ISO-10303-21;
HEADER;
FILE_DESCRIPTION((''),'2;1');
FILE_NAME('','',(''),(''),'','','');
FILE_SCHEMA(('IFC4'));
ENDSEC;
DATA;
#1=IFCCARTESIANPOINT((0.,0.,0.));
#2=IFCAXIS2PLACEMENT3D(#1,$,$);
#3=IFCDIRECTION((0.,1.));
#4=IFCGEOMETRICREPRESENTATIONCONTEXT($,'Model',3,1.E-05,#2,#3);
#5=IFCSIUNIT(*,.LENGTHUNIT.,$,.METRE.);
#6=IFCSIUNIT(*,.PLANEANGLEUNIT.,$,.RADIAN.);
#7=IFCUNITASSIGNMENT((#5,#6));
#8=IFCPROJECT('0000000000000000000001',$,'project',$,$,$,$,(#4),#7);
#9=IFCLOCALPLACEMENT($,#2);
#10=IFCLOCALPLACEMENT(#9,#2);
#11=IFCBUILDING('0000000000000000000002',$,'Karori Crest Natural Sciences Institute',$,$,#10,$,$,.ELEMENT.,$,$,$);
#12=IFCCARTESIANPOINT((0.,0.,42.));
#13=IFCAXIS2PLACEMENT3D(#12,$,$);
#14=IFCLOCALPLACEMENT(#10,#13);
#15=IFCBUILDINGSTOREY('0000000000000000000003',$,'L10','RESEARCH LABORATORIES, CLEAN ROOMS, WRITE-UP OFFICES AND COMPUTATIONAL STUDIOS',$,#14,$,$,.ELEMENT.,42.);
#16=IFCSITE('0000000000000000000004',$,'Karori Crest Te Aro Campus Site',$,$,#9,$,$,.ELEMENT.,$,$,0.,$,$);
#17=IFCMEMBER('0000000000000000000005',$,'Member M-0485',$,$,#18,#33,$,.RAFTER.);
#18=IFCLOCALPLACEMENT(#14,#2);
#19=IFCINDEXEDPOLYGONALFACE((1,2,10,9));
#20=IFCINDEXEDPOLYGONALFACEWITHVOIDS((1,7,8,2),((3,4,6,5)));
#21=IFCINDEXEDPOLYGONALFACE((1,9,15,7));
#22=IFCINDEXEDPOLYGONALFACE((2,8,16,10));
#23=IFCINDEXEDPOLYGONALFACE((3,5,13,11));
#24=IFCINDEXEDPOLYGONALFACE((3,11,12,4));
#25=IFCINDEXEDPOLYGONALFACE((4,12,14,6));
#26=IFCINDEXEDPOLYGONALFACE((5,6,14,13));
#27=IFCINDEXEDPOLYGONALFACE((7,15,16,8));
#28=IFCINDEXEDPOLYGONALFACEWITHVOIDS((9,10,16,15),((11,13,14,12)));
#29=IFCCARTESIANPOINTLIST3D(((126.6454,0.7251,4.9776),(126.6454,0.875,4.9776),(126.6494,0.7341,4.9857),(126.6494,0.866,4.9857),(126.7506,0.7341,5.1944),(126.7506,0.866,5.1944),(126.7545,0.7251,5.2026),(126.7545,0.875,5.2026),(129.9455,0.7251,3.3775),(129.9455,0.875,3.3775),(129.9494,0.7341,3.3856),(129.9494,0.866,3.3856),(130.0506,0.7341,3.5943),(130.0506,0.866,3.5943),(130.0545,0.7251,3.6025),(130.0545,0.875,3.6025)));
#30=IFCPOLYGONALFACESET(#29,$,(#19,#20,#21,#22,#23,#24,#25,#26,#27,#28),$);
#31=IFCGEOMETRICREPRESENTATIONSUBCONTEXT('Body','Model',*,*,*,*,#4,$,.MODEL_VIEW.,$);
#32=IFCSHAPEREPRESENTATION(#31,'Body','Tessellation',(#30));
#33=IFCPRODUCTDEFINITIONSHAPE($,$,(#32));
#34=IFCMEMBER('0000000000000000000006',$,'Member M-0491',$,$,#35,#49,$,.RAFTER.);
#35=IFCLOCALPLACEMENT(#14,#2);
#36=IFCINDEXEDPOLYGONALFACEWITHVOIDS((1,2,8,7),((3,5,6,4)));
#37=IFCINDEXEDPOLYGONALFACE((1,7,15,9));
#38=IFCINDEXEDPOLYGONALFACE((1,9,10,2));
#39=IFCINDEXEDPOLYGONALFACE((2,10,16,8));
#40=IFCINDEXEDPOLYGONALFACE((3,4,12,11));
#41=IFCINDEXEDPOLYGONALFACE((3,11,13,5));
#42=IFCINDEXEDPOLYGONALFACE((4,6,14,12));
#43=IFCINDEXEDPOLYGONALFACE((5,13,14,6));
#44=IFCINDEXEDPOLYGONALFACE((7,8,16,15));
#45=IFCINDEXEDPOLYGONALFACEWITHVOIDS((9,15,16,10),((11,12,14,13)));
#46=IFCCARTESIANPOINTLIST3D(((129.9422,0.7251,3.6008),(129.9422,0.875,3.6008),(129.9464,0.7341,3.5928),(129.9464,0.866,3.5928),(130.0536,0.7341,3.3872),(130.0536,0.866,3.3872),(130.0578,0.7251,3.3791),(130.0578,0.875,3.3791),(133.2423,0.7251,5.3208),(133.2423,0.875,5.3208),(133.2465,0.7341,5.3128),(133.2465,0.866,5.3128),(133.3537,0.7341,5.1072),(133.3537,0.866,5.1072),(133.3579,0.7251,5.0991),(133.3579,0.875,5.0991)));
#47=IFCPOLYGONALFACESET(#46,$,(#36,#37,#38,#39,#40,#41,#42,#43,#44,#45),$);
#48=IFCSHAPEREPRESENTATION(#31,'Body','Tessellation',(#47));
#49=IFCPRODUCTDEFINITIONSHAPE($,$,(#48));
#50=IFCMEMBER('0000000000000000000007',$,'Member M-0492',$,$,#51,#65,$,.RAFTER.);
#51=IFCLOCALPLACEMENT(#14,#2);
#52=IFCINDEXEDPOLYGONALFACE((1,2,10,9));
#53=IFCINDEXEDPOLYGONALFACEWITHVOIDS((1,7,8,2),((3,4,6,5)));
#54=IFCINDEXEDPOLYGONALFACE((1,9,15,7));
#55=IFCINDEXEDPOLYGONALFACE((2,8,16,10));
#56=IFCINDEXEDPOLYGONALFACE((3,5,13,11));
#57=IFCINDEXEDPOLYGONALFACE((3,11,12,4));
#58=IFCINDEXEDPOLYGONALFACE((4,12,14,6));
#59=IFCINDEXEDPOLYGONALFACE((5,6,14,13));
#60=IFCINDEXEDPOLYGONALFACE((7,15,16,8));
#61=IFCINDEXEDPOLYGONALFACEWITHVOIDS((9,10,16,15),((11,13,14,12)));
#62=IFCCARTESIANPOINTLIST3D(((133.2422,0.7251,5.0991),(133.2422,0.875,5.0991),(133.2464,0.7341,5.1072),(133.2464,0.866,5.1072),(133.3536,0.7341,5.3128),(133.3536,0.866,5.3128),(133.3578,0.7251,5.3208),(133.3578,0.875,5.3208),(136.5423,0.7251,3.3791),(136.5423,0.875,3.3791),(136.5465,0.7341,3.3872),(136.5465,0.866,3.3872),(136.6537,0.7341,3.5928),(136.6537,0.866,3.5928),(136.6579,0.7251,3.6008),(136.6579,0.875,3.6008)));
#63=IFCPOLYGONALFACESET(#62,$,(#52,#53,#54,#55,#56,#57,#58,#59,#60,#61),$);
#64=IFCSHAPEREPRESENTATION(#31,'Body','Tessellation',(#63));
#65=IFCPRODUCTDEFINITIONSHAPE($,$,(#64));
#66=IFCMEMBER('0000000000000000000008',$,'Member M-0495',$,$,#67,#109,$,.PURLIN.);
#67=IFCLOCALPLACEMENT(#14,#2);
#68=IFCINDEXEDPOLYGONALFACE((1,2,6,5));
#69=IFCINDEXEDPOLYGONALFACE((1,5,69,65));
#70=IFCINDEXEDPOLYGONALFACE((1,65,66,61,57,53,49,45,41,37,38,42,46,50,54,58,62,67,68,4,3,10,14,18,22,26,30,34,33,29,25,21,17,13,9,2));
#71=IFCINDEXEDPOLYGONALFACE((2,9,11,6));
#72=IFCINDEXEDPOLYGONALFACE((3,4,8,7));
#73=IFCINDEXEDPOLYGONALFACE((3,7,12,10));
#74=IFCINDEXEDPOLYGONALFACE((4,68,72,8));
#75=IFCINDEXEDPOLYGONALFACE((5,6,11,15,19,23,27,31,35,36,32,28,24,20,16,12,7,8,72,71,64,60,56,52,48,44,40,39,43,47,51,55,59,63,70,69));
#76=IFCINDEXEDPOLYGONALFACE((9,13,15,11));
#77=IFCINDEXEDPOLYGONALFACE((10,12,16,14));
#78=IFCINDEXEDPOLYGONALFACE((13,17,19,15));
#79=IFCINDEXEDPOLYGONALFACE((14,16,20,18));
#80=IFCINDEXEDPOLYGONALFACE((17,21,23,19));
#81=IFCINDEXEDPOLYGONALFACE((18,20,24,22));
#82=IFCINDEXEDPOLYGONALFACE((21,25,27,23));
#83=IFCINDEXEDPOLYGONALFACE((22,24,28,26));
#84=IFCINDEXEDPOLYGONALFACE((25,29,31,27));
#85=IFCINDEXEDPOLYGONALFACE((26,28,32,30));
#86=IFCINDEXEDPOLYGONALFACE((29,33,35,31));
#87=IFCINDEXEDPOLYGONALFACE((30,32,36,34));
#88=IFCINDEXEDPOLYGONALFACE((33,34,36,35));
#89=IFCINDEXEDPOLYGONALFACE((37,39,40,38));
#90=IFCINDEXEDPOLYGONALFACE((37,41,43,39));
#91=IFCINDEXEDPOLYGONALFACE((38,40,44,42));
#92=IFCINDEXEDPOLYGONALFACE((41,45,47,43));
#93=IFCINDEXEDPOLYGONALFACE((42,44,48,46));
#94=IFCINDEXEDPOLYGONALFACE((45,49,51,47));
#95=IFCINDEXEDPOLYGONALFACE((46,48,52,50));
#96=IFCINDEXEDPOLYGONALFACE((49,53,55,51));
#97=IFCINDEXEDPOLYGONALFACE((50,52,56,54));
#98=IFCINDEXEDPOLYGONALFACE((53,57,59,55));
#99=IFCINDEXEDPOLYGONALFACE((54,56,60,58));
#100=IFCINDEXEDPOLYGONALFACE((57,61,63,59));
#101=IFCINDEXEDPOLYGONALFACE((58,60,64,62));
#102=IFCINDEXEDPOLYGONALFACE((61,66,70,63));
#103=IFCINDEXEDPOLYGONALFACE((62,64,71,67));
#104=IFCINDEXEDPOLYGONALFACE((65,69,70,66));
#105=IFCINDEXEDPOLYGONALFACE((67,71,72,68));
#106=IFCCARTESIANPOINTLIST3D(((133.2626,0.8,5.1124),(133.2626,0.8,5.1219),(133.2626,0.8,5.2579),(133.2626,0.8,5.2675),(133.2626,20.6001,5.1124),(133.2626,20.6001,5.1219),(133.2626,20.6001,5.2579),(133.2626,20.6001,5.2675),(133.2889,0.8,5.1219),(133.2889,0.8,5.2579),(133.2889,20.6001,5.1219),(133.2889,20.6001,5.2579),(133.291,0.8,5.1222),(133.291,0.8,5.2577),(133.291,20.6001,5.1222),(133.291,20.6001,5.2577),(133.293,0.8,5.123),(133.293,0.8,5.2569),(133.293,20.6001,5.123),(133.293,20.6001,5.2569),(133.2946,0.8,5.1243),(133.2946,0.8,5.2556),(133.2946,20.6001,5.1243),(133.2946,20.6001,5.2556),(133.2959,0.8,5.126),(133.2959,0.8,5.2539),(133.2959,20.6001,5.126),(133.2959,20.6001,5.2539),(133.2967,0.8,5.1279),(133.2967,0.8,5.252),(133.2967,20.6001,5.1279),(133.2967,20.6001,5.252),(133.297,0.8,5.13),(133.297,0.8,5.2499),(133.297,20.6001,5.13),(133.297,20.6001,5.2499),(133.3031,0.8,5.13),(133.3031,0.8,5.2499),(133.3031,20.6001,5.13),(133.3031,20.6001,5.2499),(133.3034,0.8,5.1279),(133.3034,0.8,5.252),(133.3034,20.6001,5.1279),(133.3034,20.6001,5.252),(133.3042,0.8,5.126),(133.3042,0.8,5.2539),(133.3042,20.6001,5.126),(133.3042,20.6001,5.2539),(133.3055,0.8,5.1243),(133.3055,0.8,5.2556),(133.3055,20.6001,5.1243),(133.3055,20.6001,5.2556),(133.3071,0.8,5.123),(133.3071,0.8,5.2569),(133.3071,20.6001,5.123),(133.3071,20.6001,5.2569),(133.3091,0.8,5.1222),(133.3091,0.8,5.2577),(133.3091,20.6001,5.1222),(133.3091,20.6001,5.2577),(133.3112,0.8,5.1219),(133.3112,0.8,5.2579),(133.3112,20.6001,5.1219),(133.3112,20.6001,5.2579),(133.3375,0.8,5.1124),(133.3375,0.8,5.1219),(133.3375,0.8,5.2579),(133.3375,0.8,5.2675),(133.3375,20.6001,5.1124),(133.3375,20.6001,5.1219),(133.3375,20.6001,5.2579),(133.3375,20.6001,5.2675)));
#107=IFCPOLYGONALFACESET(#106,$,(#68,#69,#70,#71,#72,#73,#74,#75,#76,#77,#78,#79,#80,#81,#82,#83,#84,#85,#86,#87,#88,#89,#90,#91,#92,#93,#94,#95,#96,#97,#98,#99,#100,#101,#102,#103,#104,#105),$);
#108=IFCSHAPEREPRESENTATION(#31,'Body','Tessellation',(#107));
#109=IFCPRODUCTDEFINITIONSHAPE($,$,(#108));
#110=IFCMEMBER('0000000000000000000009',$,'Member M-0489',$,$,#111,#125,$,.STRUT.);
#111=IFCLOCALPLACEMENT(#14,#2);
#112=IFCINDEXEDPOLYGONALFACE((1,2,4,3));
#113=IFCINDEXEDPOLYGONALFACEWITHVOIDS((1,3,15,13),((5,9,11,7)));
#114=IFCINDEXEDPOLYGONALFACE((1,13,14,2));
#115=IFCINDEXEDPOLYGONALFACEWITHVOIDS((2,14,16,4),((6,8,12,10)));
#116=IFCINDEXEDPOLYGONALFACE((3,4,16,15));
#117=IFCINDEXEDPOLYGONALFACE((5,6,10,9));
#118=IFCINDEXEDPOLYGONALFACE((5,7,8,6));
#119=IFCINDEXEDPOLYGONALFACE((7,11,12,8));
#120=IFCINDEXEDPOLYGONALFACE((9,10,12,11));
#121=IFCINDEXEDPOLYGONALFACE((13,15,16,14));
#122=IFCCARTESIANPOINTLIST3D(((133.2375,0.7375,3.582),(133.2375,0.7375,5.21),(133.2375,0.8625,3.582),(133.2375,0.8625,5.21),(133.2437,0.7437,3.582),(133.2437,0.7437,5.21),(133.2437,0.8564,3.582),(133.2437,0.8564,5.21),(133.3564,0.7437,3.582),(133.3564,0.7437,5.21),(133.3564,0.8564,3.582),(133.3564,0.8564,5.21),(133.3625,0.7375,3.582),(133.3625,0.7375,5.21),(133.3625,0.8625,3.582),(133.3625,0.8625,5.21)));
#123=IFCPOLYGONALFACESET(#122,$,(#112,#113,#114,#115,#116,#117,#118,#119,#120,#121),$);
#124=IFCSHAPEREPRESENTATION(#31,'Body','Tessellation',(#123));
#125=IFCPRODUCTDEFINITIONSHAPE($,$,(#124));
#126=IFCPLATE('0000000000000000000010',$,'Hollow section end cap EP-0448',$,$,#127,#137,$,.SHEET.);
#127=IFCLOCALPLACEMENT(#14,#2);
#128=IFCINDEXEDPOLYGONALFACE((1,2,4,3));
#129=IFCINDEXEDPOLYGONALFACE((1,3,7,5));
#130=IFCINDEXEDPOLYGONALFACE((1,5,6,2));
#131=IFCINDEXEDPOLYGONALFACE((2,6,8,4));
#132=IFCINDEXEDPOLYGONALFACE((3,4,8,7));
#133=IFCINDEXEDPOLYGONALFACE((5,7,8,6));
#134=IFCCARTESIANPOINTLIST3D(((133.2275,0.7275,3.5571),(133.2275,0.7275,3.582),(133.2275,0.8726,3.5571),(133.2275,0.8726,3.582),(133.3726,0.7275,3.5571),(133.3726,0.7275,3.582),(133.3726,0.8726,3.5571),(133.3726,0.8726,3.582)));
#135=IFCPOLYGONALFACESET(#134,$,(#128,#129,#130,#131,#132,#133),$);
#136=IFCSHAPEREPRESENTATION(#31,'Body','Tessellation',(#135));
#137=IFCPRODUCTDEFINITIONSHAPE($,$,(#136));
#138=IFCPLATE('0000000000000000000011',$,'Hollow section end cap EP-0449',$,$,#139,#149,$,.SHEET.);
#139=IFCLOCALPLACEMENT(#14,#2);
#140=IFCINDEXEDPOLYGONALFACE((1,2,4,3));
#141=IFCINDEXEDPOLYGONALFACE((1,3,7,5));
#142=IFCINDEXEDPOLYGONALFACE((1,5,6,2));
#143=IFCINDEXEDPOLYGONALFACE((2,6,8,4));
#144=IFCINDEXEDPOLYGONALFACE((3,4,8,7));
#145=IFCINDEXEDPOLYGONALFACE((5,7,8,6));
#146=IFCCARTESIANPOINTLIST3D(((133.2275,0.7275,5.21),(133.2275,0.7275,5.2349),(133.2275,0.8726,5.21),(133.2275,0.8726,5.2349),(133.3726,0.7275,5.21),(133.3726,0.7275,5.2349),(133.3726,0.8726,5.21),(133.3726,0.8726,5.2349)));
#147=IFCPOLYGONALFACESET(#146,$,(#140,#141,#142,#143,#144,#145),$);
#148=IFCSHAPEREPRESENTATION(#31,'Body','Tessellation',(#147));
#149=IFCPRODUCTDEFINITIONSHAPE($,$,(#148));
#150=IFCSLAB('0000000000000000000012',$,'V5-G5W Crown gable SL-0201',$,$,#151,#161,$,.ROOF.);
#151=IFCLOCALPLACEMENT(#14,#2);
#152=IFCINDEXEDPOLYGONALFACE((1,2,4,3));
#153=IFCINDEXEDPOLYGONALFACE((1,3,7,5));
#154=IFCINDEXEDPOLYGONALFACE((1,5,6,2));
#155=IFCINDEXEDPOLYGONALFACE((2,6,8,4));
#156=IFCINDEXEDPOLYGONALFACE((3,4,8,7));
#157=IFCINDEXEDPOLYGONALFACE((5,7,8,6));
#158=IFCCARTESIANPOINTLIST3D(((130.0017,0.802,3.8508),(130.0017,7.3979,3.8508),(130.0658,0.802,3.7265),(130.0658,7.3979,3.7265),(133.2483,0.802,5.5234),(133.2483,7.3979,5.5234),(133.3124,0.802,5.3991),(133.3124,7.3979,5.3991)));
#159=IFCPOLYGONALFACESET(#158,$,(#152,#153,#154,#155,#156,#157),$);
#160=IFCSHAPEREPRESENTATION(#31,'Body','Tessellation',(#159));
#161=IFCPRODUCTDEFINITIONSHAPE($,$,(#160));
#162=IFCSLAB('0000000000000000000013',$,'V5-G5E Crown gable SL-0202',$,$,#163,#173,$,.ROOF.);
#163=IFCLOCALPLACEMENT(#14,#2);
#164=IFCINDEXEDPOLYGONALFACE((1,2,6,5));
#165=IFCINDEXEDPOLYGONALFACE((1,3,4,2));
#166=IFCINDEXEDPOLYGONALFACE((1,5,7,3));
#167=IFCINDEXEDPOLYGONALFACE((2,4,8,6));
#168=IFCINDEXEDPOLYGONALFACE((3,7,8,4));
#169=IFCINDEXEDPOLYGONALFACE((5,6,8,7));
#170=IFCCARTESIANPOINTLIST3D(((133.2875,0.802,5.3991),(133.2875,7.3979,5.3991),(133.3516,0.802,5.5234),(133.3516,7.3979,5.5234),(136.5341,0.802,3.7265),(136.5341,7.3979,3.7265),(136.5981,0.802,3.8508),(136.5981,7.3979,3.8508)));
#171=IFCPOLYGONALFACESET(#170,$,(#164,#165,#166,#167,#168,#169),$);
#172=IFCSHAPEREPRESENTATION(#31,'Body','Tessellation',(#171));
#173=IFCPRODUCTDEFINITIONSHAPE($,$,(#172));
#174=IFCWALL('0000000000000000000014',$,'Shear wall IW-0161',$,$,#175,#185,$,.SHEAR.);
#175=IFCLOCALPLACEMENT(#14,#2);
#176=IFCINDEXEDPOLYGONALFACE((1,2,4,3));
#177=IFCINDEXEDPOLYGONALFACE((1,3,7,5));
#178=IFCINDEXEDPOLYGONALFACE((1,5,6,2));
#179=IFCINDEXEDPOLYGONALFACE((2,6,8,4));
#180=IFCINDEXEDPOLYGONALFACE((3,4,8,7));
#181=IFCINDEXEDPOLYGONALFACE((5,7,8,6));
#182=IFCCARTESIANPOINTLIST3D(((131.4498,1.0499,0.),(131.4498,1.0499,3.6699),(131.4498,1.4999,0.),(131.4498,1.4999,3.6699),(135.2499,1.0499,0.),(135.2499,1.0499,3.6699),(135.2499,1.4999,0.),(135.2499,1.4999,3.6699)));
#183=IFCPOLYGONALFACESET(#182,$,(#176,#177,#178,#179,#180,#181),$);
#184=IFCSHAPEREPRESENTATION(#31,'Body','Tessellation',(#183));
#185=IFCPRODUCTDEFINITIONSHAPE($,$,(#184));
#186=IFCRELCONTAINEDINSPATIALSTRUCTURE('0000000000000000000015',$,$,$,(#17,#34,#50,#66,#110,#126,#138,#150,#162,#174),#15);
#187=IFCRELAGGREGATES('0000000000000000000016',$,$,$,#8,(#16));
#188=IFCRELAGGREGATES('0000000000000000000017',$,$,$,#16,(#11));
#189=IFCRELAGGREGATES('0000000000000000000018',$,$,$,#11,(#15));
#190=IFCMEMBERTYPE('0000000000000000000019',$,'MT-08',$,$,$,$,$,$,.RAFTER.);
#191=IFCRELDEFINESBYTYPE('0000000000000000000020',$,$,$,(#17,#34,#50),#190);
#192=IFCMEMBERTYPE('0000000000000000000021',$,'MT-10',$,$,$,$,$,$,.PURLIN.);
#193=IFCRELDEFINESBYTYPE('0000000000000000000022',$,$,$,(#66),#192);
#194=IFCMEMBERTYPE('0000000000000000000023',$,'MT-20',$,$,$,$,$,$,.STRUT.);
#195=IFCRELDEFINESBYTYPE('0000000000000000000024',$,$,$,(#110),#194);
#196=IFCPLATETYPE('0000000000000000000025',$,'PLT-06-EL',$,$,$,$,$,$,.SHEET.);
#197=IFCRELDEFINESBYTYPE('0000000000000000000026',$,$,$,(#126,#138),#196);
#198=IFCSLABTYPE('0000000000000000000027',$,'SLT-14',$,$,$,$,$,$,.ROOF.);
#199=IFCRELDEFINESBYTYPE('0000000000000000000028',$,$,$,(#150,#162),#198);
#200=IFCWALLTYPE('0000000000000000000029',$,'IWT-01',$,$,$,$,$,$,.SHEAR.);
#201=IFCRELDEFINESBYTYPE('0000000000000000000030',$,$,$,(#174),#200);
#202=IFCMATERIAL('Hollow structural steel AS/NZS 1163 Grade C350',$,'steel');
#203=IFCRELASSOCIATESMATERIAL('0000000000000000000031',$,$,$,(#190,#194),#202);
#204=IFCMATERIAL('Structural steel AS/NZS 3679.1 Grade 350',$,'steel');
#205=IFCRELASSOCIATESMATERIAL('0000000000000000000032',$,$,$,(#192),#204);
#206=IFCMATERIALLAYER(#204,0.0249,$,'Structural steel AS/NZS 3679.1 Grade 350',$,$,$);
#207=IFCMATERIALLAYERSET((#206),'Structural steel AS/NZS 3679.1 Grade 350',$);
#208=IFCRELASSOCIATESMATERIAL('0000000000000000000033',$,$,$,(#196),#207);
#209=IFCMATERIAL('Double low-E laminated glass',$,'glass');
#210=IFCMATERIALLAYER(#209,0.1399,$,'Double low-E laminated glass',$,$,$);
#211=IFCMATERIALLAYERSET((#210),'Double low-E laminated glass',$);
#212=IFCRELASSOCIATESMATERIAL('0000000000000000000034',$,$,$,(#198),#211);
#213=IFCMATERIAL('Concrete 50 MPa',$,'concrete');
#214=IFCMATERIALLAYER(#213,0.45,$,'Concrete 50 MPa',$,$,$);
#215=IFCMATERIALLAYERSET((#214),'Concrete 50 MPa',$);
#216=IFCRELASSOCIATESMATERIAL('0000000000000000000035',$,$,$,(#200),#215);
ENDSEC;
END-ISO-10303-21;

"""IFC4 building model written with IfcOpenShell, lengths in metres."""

from ifc_helpers import new_model, si_unit, direction, frame, frame_2d, origin, origin_2d, place, context, subcontext, project, spatial, polyline, rectangle, hollow_rectangle, i_section, outline, extrude, material, layer, layer_set, material_profile, profile_set, type_object, element, save


model = new_model("IFC4")

# Units and contexts
model_context = context("Model", 3, precision=1e-05, world=origin(), true_north=direction((0.0, 1.0)))
body_context = subcontext(model_context, "Body", "Model", "MODEL_VIEW")
ifc_project = project(units=[si_unit("LENGTHUNIT", "METRE"), si_unit("PLANEANGLEUNIT", "RADIAN")], contexts=[model_context])

# Site, building, storey
site_placement = place(None, origin())
site = spatial("IfcSite", under=ifc_project, at=site_placement, Name="Karori Crest Te Aro Campus Site", CompositionType="ELEMENT", RefElevation=0.0)
building_placement = place(site_placement, origin())
building = spatial("IfcBuilding", under=site, at=building_placement, Name="Karori Crest Natural Sciences Institute", CompositionType="ELEMENT")
storey_placement = place(building_placement, frame((0.0, 0.0, 42.0)))
storey = spatial("IfcBuildingStorey", under=building, at=storey_placement, Name="L10", Description="RESEARCH LABORATORIES, CLEAN ROOMS, WRITE-UP OFFICES AND COMPUTATIONAL STUDIOS", CompositionType="ELEMENT", Elevation=42.0)

# Shared definitions
ifc_material_1 = material(Name="Concrete 50 MPa", Category="concrete")

# Shared definitions
ifc_material_2 = material(Name="Structural steel AS/NZS 3679.1 Grade 350", Category="steel")
ifc_material_3 = material(Name="Hollow structural steel AS/NZS 1163 Grade C350", Category="steel")

# Members
ifc_material_profile_1 = material_profile(ifc_material_3, hollow_rectangle(XDim=0.1499, YDim=0.25, WallThickness=0.009, at=origin_2d()), Name="RHS250x150x9")
ifc_profile_set_1 = profile_set([ifc_material_profile_1], Name="Hollow structural steel AS/NZS 1163 Grade C350")
member_type_1 = type_object("IfcMemberType", Name="MT-08", PredefinedType="RAFTER", material=ifc_profile_set_1)
member_1_placement = place(storey_placement, frame((130.0, 0.8, 3.49), z_axis=(-0.899806, 0.0, 0.43629), x_axis=(0.0, -1.0, 0.0)))
element("IfcMember", 1, at=member_1_placement, inside=storey, type_object=member_type_1, Name="Member M-0485", PredefinedType="RAFTER", context=body_context, shape_type="SweptSolid", body=[
    extrude(hollow_rectangle(XDim=0.1499, YDim=0.25, WallThickness=0.009, at=origin_2d()), origin(), (0.0, 0.0, 1.0), 3.6675),
])
for number, where, z_axis, x_axis, name in (
    (2, (130.0, 0.8, 3.49), (0.886782, 0.0, 0.462187), (0.0, 1.0, 0.0), "Member M-0491"),
    (3, (136.6001, 0.8, 3.49), (-0.886782, 0.0, 0.462187), (0.0, -1.0, 0.0), "Member M-0492"),
):
    element("IfcMember", number, at=place(storey_placement, frame(where, z_axis=z_axis, x_axis=x_axis)), inside=storey, type_object=member_type_1, Name=name, PredefinedType="RAFTER", context=body_context, shape_type="SweptSolid", body=[
        extrude(hollow_rectangle(XDim=0.1499, YDim=0.25, WallThickness=0.009, at=origin_2d()), origin(), (0.0, 0.0, 1.0), 3.7214),
    ])
ifc_material_profile_2 = material_profile(ifc_material_2, i_section(OverallWidth=0.075, OverallDepth=0.155, WebThickness=0.0061, FlangeThickness=0.0095, FilletRadius=0.0081, at=origin_2d()), Name="150UB18.0")
ifc_profile_set_2 = profile_set([ifc_material_profile_2], Name="Structural steel AS/NZS 3679.1 Grade 350")
member_type_2 = type_object("IfcMemberType", Name="MT-10", PredefinedType="PURLIN", material=ifc_profile_set_2)
member_2_placement = place(storey_placement, frame((133.3, 0.8, 5.1899), z_axis=(0.0, 1.0, 0.0), x_axis=(-1.0, 0.0, 0.0)))
element("IfcMember", 4, at=member_2_placement, inside=storey, type_object=member_type_2, Name="Member M-0495", PredefinedType="PURLIN", context=body_context, shape_type="SweptSolid", body=[
    extrude(i_section(OverallWidth=0.075, OverallDepth=0.155, WebThickness=0.0061, FlangeThickness=0.0095, FilletRadius=0.0081, at=origin_2d()), origin(), (0.0, 0.0, 1.0), 19.8),
])
ifc_material_profile_3 = material_profile(ifc_material_3, hollow_rectangle(XDim=0.125, YDim=0.125, WallThickness=0.0061, at=origin_2d()), Name="SHS125x125x6")
ifc_profile_set_3 = profile_set([ifc_material_profile_3], Name="Hollow structural steel AS/NZS 1163 Grade C350")
member_type_3 = type_object("IfcMemberType", Name="MT-20", PredefinedType="STRUT", material=ifc_profile_set_3)
member_3_placement = place(storey_placement, frame((133.3, 0.8, 3.582), z_axis=(0.0, 0.0, 1.0), x_axis=(1.0, 0.0, 0.0)))
element("IfcMember", 5, at=member_3_placement, inside=storey, type_object=member_type_3, Name="Member M-0489", PredefinedType="STRUT", context=body_context, shape_type="SweptSolid", body=[
    extrude(hollow_rectangle(XDim=0.125, YDim=0.125, WallThickness=0.0061, at=origin_2d()), origin(), (0.0, 0.0, 1.0), 1.6279),
])

# Plates
ifc_layer_1 = layer(ifc_material_2, 0.0249, Name="Structural steel AS/NZS 3679.1 Grade 350")
ifc_layer_set_1 = layer_set([ifc_layer_1], Name="Structural steel AS/NZS 3679.1 Grade 350")
plate_type = type_object("IfcPlateType", Name="PLT-06-EL", PredefinedType="SHEET", material=ifc_layer_set_1)
for number, where, z_axis, x_axis, name in (
    (6, (133.3, 0.8, 3.5571), (0.0, 0.0, 1.0), (1.0, 0.0, 0.0), "Hollow section end cap EP-0448"),
    (7, (133.3, 0.8, 5.21), (0.0, 0.0, 1.0), (1.0, 0.0, 0.0), "Hollow section end cap EP-0449"),
):
    element("IfcPlate", number, at=place(storey_placement, frame(where, z_axis=z_axis, x_axis=x_axis)), inside=storey, type_object=plate_type, Name=name, PredefinedType="SHEET", context=body_context, shape_type="SweptSolid", body=[
        extrude(rectangle(XDim=0.145, YDim=0.145, at=origin_2d()), origin(), (0.0, 0.0, 1.0), 0.0249),
    ])

# Slabs
ifc_material_4 = material(Name="Double low-E laminated glass", Category="glass")
ifc_layer_2 = layer(ifc_material_4, 0.1399, Name="Double low-E laminated glass")
ifc_layer_set_2 = layer_set([ifc_layer_2], Name="Double low-E laminated glass")
slab_type = type_object("IfcSlabType", Name="SLT-14", PredefinedType="ROOF", material=ifc_layer_set_2)
for number, where, z_axis, x_axis, name in (
    (8, (130.0017, 0.802, 3.8508), (-0.457984, 0.0, 0.888961), (0.888961, 0.0, 0.457984), "V5-G5W Crown gable SL-0201"),
    (9, (133.3516, 0.802, 5.5234), (0.457984, 0.0, 0.888961), (0.888961, 0.0, -0.457984), "V5-G5E Crown gable SL-0202"),
):
    element("IfcSlab", number, at=place(storey_placement, frame(where, z_axis=z_axis, x_axis=x_axis)), inside=storey, type_object=slab_type, Name=name, PredefinedType="ROOF", context=body_context, shape_type="SweptSolid", body=[
        extrude(outline(polyline([(0.0, 0.0), (3.6521, 0.0), (3.6521, 6.5959), (0.0, 6.5959), (0.0, 0.0)])), origin(), (0.0, 0.0, -1.0), 0.1399),
    ])

# Wall
ifc_layer_3 = layer(ifc_material_1, 0.45, Name="Concrete 50 MPa")
ifc_layer_set_3 = layer_set([ifc_layer_3], Name="Concrete 50 MPa")
wall_type_1 = type_object("IfcWallType", Name="IWT-01", PredefinedType="SHEAR", material=ifc_layer_set_3)
wall_1_placement = place(storey_placement, frame((131.45, 1.2749, 0.0), z_axis=(0.0, 0.0, 1.0), x_axis=(1.0, 0.0, 0.0)))
element("IfcWall", 10, at=wall_1_placement, inside=storey, type_object=wall_type_1, Name="Shear wall IW-0161", PredefinedType="SHEAR", context=body_context, shape_type="SweptSolid", body=[
    extrude(rectangle(XDim=3.8, YDim=0.45, at=frame_2d((1.8999, 0.0))), origin(), (0.0, 0.0, 1.0), 3.6699),
])

save(model, "model.ifc")
